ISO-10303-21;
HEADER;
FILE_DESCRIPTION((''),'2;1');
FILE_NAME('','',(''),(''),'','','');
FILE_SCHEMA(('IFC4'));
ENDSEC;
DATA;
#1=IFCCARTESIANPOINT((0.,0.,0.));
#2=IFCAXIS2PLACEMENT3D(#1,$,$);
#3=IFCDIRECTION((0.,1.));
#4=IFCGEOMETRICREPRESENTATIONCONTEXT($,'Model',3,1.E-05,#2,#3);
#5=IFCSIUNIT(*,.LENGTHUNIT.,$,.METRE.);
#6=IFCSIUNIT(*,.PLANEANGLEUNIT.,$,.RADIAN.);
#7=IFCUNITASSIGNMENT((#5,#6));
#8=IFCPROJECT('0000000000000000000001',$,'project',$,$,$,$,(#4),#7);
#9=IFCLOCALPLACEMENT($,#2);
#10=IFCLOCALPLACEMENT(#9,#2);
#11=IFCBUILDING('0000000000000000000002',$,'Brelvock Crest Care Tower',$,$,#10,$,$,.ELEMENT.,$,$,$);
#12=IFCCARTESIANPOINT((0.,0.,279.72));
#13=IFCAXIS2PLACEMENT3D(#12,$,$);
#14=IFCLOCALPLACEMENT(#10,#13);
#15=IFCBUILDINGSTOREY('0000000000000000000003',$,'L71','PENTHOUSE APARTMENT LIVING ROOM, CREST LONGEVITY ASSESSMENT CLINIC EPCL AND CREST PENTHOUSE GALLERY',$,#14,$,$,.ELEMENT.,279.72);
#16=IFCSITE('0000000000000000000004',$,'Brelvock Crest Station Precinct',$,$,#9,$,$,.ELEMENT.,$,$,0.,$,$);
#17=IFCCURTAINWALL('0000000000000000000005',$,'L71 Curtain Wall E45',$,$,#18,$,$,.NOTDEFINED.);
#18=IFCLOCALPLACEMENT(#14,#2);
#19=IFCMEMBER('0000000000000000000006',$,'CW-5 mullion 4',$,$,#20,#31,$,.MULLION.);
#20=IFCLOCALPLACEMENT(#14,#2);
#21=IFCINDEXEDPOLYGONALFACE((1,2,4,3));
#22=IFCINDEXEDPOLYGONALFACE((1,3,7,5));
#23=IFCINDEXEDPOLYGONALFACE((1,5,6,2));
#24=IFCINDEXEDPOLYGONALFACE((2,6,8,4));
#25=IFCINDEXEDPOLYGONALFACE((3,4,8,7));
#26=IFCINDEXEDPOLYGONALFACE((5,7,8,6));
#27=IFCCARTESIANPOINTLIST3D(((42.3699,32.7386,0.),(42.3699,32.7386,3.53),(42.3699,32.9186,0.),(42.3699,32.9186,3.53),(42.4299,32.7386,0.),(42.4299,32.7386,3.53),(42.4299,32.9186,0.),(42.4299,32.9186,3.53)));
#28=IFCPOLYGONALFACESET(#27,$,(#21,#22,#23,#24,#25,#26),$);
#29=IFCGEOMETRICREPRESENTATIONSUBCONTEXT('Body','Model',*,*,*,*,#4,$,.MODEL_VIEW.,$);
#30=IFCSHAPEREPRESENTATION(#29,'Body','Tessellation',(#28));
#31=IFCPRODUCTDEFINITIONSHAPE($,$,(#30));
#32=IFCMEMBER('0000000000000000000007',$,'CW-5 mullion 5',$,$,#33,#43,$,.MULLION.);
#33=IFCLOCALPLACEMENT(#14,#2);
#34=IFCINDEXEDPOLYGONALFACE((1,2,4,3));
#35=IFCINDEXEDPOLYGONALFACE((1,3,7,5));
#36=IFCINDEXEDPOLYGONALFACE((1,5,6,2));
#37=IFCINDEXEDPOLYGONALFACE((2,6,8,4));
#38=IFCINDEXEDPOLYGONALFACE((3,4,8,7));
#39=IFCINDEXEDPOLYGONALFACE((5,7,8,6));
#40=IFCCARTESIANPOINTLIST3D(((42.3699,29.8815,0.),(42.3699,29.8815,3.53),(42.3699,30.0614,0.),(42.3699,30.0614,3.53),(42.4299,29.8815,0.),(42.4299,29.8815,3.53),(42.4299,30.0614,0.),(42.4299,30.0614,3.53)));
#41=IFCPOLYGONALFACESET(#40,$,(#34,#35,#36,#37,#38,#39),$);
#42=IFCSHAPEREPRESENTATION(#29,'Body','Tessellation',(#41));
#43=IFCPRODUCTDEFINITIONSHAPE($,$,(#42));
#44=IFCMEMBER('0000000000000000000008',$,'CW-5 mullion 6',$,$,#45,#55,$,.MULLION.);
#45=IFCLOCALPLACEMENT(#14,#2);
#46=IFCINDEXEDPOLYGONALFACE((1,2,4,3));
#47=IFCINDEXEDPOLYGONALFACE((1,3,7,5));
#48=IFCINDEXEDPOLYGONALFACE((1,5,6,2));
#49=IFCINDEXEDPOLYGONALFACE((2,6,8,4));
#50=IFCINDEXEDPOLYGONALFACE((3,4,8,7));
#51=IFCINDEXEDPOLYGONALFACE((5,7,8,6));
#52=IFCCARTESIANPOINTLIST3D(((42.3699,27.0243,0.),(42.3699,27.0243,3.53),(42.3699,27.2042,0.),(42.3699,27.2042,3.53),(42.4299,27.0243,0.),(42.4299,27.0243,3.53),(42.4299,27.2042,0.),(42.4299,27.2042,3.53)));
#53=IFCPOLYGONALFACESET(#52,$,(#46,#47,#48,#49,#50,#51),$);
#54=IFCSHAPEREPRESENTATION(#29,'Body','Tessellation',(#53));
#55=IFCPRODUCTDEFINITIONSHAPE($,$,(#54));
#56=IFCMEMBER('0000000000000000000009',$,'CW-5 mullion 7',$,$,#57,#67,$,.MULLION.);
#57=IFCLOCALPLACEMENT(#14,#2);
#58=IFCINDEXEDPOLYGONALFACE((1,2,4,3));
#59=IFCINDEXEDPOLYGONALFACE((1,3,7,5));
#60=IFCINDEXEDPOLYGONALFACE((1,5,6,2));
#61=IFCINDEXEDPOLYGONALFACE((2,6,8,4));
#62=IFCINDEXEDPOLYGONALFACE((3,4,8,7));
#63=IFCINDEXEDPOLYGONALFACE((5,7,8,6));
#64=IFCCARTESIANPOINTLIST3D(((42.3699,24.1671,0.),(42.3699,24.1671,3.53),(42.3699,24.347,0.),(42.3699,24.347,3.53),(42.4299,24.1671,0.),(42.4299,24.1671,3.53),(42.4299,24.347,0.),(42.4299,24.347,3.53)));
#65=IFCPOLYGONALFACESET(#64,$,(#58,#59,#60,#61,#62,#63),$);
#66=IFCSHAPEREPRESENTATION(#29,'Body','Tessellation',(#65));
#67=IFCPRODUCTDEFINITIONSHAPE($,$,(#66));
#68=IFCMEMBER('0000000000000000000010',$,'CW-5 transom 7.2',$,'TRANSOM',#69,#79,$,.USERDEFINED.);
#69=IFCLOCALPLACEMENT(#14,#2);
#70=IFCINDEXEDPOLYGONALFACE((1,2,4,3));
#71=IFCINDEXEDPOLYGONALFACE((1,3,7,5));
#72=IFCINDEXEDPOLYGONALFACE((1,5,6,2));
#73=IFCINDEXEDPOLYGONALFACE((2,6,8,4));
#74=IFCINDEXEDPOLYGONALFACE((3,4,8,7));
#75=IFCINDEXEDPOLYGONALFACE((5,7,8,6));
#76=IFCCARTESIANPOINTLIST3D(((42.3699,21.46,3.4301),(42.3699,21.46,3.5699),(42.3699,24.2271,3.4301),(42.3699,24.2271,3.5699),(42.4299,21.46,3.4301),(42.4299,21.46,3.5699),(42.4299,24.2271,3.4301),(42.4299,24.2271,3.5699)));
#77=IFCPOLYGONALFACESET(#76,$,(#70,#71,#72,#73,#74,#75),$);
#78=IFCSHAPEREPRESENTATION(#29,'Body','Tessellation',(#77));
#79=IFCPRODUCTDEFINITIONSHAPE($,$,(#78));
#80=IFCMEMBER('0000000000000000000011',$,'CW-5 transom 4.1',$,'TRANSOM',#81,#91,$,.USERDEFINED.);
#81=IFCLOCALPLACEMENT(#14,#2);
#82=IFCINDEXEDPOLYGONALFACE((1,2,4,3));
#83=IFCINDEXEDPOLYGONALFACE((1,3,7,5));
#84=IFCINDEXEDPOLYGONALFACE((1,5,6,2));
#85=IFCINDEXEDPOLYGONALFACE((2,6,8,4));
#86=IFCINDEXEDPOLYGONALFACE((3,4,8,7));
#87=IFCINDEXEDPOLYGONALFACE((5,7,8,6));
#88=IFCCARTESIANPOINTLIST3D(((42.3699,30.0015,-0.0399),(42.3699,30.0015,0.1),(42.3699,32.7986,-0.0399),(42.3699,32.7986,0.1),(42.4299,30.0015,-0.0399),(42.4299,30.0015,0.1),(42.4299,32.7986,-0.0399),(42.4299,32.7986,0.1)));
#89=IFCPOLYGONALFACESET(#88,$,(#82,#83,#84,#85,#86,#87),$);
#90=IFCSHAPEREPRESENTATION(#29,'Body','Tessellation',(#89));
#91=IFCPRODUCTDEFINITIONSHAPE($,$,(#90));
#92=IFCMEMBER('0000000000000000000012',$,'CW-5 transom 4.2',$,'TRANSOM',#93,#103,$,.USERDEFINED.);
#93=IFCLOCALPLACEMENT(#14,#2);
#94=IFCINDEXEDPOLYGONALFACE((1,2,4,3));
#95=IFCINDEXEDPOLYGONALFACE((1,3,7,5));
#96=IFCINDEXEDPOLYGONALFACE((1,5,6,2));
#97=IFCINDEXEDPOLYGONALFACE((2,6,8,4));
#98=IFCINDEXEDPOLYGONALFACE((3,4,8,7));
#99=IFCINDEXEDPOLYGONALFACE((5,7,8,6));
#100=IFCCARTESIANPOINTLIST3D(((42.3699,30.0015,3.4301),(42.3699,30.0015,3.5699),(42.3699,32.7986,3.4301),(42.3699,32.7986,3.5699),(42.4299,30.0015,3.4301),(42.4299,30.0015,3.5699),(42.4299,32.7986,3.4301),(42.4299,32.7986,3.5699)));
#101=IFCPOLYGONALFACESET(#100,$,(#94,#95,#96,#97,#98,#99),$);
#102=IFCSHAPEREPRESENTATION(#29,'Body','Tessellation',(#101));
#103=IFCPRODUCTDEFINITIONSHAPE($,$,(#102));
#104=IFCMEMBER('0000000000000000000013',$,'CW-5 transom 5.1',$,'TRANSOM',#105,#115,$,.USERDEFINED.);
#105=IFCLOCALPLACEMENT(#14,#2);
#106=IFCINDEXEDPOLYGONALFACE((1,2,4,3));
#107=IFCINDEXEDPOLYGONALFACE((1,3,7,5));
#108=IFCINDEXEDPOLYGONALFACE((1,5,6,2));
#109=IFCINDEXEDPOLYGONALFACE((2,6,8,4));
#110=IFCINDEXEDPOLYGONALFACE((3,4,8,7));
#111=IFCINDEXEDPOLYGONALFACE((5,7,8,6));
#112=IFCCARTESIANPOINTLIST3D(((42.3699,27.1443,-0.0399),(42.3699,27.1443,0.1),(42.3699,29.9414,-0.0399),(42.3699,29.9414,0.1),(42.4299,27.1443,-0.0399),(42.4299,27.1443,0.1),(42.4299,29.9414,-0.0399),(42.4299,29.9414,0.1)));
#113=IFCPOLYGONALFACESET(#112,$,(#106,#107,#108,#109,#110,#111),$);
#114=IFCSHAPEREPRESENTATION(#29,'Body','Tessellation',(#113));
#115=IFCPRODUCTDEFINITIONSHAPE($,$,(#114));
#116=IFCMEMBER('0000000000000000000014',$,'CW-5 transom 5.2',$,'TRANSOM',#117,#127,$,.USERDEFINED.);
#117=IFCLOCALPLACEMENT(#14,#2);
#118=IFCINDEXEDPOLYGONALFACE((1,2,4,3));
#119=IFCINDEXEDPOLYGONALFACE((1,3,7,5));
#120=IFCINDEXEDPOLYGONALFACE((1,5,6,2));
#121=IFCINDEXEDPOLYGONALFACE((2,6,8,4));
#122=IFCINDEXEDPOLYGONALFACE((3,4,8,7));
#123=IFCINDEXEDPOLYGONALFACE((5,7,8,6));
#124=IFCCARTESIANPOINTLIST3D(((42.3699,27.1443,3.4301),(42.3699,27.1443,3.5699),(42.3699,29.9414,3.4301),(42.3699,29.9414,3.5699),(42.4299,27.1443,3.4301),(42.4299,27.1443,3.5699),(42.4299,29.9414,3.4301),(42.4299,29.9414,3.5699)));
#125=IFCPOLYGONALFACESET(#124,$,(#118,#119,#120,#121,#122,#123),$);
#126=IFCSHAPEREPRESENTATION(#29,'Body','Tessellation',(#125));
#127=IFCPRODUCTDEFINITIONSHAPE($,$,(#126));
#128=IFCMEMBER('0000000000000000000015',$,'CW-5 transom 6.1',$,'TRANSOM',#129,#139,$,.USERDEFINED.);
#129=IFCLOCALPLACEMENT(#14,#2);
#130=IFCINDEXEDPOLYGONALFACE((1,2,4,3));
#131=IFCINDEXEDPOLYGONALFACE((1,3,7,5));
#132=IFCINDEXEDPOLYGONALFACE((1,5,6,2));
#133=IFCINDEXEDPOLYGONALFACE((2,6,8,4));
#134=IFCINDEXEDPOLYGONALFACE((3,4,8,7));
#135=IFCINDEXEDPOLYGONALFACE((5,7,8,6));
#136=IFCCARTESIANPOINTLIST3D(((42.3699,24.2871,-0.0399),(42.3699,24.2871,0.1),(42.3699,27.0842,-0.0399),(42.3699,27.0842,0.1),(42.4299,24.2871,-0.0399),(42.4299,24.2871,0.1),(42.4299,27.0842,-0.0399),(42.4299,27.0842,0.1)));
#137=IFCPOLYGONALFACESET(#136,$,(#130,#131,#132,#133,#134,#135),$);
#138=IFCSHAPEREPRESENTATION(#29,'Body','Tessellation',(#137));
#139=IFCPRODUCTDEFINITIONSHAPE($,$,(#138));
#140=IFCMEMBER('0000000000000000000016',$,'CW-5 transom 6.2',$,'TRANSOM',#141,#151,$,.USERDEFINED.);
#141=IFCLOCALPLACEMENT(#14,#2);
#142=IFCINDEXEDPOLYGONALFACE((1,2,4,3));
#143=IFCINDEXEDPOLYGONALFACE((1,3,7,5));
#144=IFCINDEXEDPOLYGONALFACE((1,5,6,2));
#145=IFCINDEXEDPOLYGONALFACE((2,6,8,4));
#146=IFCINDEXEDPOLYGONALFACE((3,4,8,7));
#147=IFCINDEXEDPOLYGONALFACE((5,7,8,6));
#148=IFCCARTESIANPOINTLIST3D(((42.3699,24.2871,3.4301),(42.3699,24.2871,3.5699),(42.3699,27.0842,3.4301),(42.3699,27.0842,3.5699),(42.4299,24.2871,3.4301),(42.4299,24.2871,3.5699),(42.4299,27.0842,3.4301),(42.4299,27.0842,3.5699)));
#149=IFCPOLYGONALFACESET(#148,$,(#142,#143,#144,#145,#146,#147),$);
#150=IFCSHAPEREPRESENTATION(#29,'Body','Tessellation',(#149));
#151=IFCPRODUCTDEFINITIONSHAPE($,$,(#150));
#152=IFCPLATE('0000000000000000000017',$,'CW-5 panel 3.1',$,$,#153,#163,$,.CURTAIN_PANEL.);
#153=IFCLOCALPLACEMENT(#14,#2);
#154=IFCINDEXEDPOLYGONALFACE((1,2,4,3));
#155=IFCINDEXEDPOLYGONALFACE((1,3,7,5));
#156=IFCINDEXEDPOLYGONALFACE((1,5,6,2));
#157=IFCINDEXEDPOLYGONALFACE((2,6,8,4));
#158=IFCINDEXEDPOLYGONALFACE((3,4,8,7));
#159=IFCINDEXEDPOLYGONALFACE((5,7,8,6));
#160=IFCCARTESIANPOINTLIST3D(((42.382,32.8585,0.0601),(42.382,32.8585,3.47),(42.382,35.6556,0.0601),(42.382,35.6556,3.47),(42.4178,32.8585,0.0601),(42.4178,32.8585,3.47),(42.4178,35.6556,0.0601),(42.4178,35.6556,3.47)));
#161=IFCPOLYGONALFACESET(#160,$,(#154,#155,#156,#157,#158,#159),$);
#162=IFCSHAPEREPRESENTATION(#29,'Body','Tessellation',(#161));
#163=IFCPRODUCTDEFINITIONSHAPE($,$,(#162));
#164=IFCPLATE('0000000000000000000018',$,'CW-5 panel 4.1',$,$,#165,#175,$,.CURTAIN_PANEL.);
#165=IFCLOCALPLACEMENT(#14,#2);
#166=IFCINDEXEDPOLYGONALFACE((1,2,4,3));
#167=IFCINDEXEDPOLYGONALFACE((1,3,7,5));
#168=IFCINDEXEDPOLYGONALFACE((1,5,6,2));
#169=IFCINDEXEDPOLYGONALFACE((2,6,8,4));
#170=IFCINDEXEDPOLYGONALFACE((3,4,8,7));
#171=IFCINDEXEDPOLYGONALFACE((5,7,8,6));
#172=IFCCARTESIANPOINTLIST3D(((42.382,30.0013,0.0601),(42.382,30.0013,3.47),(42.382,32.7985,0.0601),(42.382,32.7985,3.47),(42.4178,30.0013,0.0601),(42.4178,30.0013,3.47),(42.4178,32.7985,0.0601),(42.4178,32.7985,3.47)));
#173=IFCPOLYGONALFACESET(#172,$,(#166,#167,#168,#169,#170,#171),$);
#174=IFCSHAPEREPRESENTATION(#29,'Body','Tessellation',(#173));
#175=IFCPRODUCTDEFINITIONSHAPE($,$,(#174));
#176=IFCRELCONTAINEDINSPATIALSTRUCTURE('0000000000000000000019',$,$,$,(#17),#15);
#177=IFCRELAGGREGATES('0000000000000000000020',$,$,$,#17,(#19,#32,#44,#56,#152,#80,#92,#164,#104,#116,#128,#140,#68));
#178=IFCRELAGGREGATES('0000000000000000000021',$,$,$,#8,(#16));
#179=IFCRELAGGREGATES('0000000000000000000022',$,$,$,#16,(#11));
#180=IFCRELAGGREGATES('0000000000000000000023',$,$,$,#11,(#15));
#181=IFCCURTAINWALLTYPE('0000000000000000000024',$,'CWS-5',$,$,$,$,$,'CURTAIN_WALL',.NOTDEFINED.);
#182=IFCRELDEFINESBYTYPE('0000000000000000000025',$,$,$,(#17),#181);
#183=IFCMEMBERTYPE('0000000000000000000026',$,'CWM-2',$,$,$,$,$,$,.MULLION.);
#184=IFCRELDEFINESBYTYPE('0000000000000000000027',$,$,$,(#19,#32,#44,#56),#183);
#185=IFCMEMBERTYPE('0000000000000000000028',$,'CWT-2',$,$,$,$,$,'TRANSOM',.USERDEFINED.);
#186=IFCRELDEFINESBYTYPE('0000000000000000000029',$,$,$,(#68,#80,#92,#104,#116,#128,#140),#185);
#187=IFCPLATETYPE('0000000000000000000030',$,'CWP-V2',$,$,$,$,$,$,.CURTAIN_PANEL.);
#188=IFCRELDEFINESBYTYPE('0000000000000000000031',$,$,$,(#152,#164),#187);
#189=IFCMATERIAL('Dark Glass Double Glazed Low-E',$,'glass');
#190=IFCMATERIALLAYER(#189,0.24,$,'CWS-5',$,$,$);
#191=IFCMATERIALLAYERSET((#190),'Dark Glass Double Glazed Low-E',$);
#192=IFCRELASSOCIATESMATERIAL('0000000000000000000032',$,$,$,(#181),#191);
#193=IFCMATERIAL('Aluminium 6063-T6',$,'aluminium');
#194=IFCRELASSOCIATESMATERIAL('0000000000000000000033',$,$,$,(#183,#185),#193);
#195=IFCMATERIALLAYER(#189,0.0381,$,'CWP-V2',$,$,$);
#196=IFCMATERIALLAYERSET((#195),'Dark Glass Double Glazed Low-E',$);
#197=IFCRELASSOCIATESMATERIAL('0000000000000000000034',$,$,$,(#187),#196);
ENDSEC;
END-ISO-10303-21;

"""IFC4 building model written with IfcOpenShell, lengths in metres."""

from ifc_helpers import new_model, si_unit, direction, frame, origin, origin_2d, place, context, subcontext, project, spatial, rectangle, extrude, source, transform, mapped, material, layer, layer_set, material_profile, profile_set, type_object, element, aggregate, save


model = new_model("IFC4")

# Units and contexts
model_context = context("Model", 3, precision=1e-05, world=origin(), true_north=direction((0.0, 1.0)))
body_context = subcontext(model_context, "Body", "Model", "MODEL_VIEW")
ifc_project = project(units=[si_unit("LENGTHUNIT", "METRE"), si_unit("PLANEANGLEUNIT", "RADIAN")], contexts=[model_context])

# Site, building, storey
site_placement = place(None, origin())
site = spatial("IfcSite", under=ifc_project, at=site_placement, Name="Brelvock Crest Station Precinct", CompositionType="ELEMENT", RefElevation=0.0)
building_placement = place(site_placement, origin())
building = spatial("IfcBuilding", under=site, at=building_placement, Name="Brelvock Crest Care Tower", CompositionType="ELEMENT")
storey_placement = place(building_placement, frame((0.0, 0.0, 279.72)))
storey = spatial("IfcBuildingStorey", under=building, at=storey_placement, Name="L71", Description="PENTHOUSE APARTMENT LIVING ROOM, CREST LONGEVITY ASSESSMENT CLINIC EPCL AND CREST PENTHOUSE GALLERY", CompositionType="ELEMENT", Elevation=279.72)

# Curtain wall, members, plates
ifc_material_1 = material(Name="Dark Glass Double Glazed Low-E", Category="glass")
ifc_layer_1 = layer(ifc_material_1, 0.24, Name="CWS-5")
ifc_layer_set_1 = layer_set([ifc_layer_1], Name="Dark Glass Double Glazed Low-E")
curtain_wall_type = type_object("IfcCurtainWallType", Name="CWS-5", ElementType="CURTAIN_WALL", PredefinedType="NOTDEFINED", material=ifc_layer_set_1)
curtain_wall_placement = place(storey_placement, origin())
curtain_wall = element("IfcCurtainWall", 1, at=curtain_wall_placement, inside=storey, type_object=curtain_wall_type, Name="L71 Curtain Wall E45", PredefinedType="NOTDEFINED")
ifc_material_2 = material(Name="Aluminium 6063-T6", Category="aluminium")
ifc_material_profile_1 = material_profile(ifc_material_2, rectangle(XDim=0.0601, YDim=0.1799, at=origin_2d()), Name="ALU60x180")
ifc_profile_set_1 = profile_set([ifc_material_profile_1], Name="Aluminium 6063-T6")
member_type_1 = type_object("IfcMemberType", Name="CWM-2", PredefinedType="MULLION", material=ifc_profile_set_1)
shared_shape_1 = source(origin(), body_context, "Body", "SweptSolid", [
    extrude(rectangle(XDim=0.0601, YDim=0.1799, at=origin_2d()), origin(), (0.0, 0.0, 1.0), 3.53),
])
member_1_placement = place(storey_placement, frame((42.3999, 32.8286, 0.0), z_axis=(0.0, 0.0, 1.0), x_axis=(1.0, 0.0, 0.0)))
member_1 = element("IfcMember", 2, at=member_1_placement, type_object=member_type_1, Name="CW-5 mullion 4", PredefinedType="MULLION", context=body_context, shape_type="MappedRepresentation", body=[
    mapped(shared_shape_1, transform((0.0, 0.0, 0.0), x_axis=(1.0, 0.0, 0.0), y_axis=(0.0, 1.0, 0.0), z_axis=(0.0, 0.0, 1.0), scale=1.0)),
])
member_2_placement = place(storey_placement, frame((42.3999, 29.9714, 0.0), z_axis=(0.0, 0.0, 1.0), x_axis=(1.0, 0.0, 0.0)))
member_2 = element("IfcMember", 3, at=member_2_placement, type_object=member_type_1, Name="CW-5 mullion 5", PredefinedType="MULLION", context=body_context, shape_type="MappedRepresentation", body=[
    mapped(shared_shape_1, transform((0.0, 0.0, 0.0), x_axis=(1.0, 0.0, 0.0), y_axis=(0.0, 1.0, 0.0), z_axis=(0.0, 0.0, 1.0), scale=1.0)),
])
member_3_placement = place(storey_placement, frame((42.3999, 27.1143, 0.0), z_axis=(0.0, 0.0, 1.0), x_axis=(1.0, 0.0, 0.0)))
member_3 = element("IfcMember", 4, at=member_3_placement, type_object=member_type_1, Name="CW-5 mullion 6", PredefinedType="MULLION", context=body_context, shape_type="MappedRepresentation", body=[
    mapped(shared_shape_1, transform((0.0, 0.0, 0.0), x_axis=(1.0, 0.0, 0.0), y_axis=(0.0, 1.0, 0.0), z_axis=(0.0, 0.0, 1.0), scale=1.0)),
])
member_4_placement = place(storey_placement, frame((42.3999, 24.2571, 0.0), z_axis=(0.0, 0.0, 1.0), x_axis=(1.0, 0.0, 0.0)))
member_4 = element("IfcMember", 5, at=member_4_placement, type_object=member_type_1, Name="CW-5 mullion 7", PredefinedType="MULLION", context=body_context, shape_type="MappedRepresentation", body=[
    mapped(shared_shape_1, transform((0.0, 0.0, 0.0), x_axis=(1.0, 0.0, 0.0), y_axis=(0.0, 1.0, 0.0), z_axis=(0.0, 0.0, 1.0), scale=1.0)),
])
ifc_material_profile_2 = material_profile(ifc_material_2, rectangle(XDim=0.0601, YDim=0.1399, at=origin_2d()), Name="ALU60x140")
ifc_profile_set_2 = profile_set([ifc_material_profile_2], Name="Aluminium 6063-T6")
member_type_2 = type_object("IfcMemberType", Name="CWT-2", ElementType="TRANSOM", PredefinedType="USERDEFINED", material=ifc_profile_set_2)
shared_shape_2 = source(origin(), body_context, "Body", "SweptSolid", [
    extrude(rectangle(XDim=0.0601, YDim=0.1399, at=origin_2d()), origin(), (0.0, 0.0, 1.0), 2.7671),
])
member_5_placement = place(storey_placement, frame((42.3999, 24.2271, 3.5), z_axis=(0.0, -1.0, 0.0), x_axis=(1.0, 0.0, 0.0)))
member_5 = element("IfcMember", 6, at=member_5_placement, type_object=member_type_2, Name="CW-5 transom 7.2", ObjectType="TRANSOM", PredefinedType="USERDEFINED", context=body_context, shape_type="MappedRepresentation", body=[
    mapped(shared_shape_2, transform((0.0, 0.0, 0.0), x_axis=(1.0, 0.0, 0.0), y_axis=(0.0, 1.0, 0.0), z_axis=(0.0, 0.0, 1.0), scale=1.0)),
])
shared_shape_3 = source(origin(), body_context, "Body", "SweptSolid", [
    extrude(rectangle(XDim=0.0601, YDim=0.1399, at=origin_2d()), origin(), (0.0, 0.0, 1.0), 2.7971),
])
member_6_placement = place(storey_placement, frame((42.3999, 32.7986, 0.03), z_axis=(0.0, -1.0, 0.0), x_axis=(1.0, 0.0, 0.0)))
member_6 = element("IfcMember", 7, at=member_6_placement, type_object=member_type_2, Name="CW-5 transom 4.1", ObjectType="TRANSOM", PredefinedType="USERDEFINED", context=body_context, shape_type="MappedRepresentation", body=[
    mapped(shared_shape_3, transform((0.0, 0.0, 0.0), x_axis=(1.0, 0.0, 0.0), y_axis=(0.0, 1.0, 0.0), z_axis=(0.0, 0.0, 1.0), scale=1.0)),
])
member_7_placement = place(storey_placement, frame((42.3999, 32.7986, 3.5), z_axis=(0.0, -1.0, 0.0), x_axis=(1.0, 0.0, 0.0)))
member_7 = element("IfcMember", 8, at=member_7_placement, type_object=member_type_2, Name="CW-5 transom 4.2", ObjectType="TRANSOM", PredefinedType="USERDEFINED", context=body_context, shape_type="MappedRepresentation", body=[
    mapped(shared_shape_3, transform((0.0, 0.0, 0.0), x_axis=(1.0, 0.0, 0.0), y_axis=(0.0, 1.0, 0.0), z_axis=(0.0, 0.0, 1.0), scale=1.0)),
])
member_8_placement = place(storey_placement, frame((42.3999, 29.9414, 0.03), z_axis=(0.0, -1.0, 0.0), x_axis=(1.0, 0.0, 0.0)))
member_8 = element("IfcMember", 9, at=member_8_placement, type_object=member_type_2, Name="CW-5 transom 5.1", ObjectType="TRANSOM", PredefinedType="USERDEFINED", context=body_context, shape_type="MappedRepresentation", body=[
    mapped(shared_shape_3, transform((0.0, 0.0, 0.0), x_axis=(1.0, 0.0, 0.0), y_axis=(0.0, 1.0, 0.0), z_axis=(0.0, 0.0, 1.0), scale=1.0)),
])
member_9_placement = place(storey_placement, frame((42.3999, 29.9414, 3.5), z_axis=(0.0, -1.0, 0.0), x_axis=(1.0, 0.0, 0.0)))
member_9 = element("IfcMember", 10, at=member_9_placement, type_object=member_type_2, Name="CW-5 transom 5.2", ObjectType="TRANSOM", PredefinedType="USERDEFINED", context=body_context, shape_type="MappedRepresentation", body=[
    mapped(shared_shape_3, transform((0.0, 0.0, 0.0), x_axis=(1.0, 0.0, 0.0), y_axis=(0.0, 1.0, 0.0), z_axis=(0.0, 0.0, 1.0), scale=1.0)),
])
member_10_placement = place(storey_placement, frame((42.3999, 27.0842, 0.03), z_axis=(0.0, -1.0, 0.0), x_axis=(1.0, 0.0, 0.0)))
member_10 = element("IfcMember", 11, at=member_10_placement, type_object=member_type_2, Name="CW-5 transom 6.1", ObjectType="TRANSOM", PredefinedType="USERDEFINED", context=body_context, shape_type="MappedRepresentation", body=[
    mapped(shared_shape_3, transform((0.0, 0.0, 0.0), x_axis=(1.0, 0.0, 0.0), y_axis=(0.0, 1.0, 0.0), z_axis=(0.0, 0.0, 1.0), scale=1.0)),
])
member_11_placement = place(storey_placement, frame((42.3999, 27.0842, 3.5), z_axis=(0.0, -1.0, 0.0), x_axis=(1.0, 0.0, 0.0)))
member_11 = element("IfcMember", 12, at=member_11_placement, type_object=member_type_2, Name="CW-5 transom 6.2", ObjectType="TRANSOM", PredefinedType="USERDEFINED", context=body_context, shape_type="MappedRepresentation", body=[
    mapped(shared_shape_3, transform((0.0, 0.0, 0.0), x_axis=(1.0, 0.0, 0.0), y_axis=(0.0, 1.0, 0.0), z_axis=(0.0, 0.0, 1.0), scale=1.0)),
])
ifc_layer_2 = layer(ifc_material_1, 0.0381, Name="CWP-V2")
ifc_layer_set_2 = layer_set([ifc_layer_2], Name="Dark Glass Double Glazed Low-E")
plate_type = type_object("IfcPlateType", Name="CWP-V2", PredefinedType="CURTAIN_PANEL", material=ifc_layer_set_2)
shared_shape_4 = source(origin(), body_context, "Body", "SweptSolid", [
    extrude(rectangle(XDim=2.7971, YDim=0.0359, at=origin_2d()), origin(), (0.0, 0.0, 1.0), 3.4099),
])
plate_1_placement = place(storey_placement, frame((42.3999, 34.2571, 0.0601), z_axis=(0.0, 0.0, 1.0), x_axis=(0.0, -1.0, 0.0)))
plate_1 = element("IfcPlate", 13, at=plate_1_placement, type_object=plate_type, Name="CW-5 panel 3.1", PredefinedType="CURTAIN_PANEL", context=body_context, shape_type="MappedRepresentation", body=[
    mapped(shared_shape_4, transform((0.0, 0.0, 0.0), x_axis=(1.0, 0.0, 0.0), y_axis=(0.0, 1.0, 0.0), z_axis=(0.0, 0.0, 1.0), scale=1.0)),
])
plate_2_placement = place(storey_placement, frame((42.3999, 31.3999, 0.0601), z_axis=(0.0, 0.0, 1.0), x_axis=(0.0, -1.0, 0.0)))
plate_2 = element("IfcPlate", 14, at=plate_2_placement, type_object=plate_type, Name="CW-5 panel 4.1", PredefinedType="CURTAIN_PANEL", context=body_context, shape_type="MappedRepresentation", body=[
    mapped(shared_shape_4, transform((0.0, 0.0, 0.0), x_axis=(1.0, 0.0, 0.0), y_axis=(0.0, 1.0, 0.0), z_axis=(0.0, 0.0, 1.0), scale=1.0)),
])
aggregate(curtain_wall, [member_1, member_2, member_3, member_4, plate_1, member_6, member_7, plate_2, member_8, member_9, member_10, member_11, member_5])

save(model, "model.ifc")
